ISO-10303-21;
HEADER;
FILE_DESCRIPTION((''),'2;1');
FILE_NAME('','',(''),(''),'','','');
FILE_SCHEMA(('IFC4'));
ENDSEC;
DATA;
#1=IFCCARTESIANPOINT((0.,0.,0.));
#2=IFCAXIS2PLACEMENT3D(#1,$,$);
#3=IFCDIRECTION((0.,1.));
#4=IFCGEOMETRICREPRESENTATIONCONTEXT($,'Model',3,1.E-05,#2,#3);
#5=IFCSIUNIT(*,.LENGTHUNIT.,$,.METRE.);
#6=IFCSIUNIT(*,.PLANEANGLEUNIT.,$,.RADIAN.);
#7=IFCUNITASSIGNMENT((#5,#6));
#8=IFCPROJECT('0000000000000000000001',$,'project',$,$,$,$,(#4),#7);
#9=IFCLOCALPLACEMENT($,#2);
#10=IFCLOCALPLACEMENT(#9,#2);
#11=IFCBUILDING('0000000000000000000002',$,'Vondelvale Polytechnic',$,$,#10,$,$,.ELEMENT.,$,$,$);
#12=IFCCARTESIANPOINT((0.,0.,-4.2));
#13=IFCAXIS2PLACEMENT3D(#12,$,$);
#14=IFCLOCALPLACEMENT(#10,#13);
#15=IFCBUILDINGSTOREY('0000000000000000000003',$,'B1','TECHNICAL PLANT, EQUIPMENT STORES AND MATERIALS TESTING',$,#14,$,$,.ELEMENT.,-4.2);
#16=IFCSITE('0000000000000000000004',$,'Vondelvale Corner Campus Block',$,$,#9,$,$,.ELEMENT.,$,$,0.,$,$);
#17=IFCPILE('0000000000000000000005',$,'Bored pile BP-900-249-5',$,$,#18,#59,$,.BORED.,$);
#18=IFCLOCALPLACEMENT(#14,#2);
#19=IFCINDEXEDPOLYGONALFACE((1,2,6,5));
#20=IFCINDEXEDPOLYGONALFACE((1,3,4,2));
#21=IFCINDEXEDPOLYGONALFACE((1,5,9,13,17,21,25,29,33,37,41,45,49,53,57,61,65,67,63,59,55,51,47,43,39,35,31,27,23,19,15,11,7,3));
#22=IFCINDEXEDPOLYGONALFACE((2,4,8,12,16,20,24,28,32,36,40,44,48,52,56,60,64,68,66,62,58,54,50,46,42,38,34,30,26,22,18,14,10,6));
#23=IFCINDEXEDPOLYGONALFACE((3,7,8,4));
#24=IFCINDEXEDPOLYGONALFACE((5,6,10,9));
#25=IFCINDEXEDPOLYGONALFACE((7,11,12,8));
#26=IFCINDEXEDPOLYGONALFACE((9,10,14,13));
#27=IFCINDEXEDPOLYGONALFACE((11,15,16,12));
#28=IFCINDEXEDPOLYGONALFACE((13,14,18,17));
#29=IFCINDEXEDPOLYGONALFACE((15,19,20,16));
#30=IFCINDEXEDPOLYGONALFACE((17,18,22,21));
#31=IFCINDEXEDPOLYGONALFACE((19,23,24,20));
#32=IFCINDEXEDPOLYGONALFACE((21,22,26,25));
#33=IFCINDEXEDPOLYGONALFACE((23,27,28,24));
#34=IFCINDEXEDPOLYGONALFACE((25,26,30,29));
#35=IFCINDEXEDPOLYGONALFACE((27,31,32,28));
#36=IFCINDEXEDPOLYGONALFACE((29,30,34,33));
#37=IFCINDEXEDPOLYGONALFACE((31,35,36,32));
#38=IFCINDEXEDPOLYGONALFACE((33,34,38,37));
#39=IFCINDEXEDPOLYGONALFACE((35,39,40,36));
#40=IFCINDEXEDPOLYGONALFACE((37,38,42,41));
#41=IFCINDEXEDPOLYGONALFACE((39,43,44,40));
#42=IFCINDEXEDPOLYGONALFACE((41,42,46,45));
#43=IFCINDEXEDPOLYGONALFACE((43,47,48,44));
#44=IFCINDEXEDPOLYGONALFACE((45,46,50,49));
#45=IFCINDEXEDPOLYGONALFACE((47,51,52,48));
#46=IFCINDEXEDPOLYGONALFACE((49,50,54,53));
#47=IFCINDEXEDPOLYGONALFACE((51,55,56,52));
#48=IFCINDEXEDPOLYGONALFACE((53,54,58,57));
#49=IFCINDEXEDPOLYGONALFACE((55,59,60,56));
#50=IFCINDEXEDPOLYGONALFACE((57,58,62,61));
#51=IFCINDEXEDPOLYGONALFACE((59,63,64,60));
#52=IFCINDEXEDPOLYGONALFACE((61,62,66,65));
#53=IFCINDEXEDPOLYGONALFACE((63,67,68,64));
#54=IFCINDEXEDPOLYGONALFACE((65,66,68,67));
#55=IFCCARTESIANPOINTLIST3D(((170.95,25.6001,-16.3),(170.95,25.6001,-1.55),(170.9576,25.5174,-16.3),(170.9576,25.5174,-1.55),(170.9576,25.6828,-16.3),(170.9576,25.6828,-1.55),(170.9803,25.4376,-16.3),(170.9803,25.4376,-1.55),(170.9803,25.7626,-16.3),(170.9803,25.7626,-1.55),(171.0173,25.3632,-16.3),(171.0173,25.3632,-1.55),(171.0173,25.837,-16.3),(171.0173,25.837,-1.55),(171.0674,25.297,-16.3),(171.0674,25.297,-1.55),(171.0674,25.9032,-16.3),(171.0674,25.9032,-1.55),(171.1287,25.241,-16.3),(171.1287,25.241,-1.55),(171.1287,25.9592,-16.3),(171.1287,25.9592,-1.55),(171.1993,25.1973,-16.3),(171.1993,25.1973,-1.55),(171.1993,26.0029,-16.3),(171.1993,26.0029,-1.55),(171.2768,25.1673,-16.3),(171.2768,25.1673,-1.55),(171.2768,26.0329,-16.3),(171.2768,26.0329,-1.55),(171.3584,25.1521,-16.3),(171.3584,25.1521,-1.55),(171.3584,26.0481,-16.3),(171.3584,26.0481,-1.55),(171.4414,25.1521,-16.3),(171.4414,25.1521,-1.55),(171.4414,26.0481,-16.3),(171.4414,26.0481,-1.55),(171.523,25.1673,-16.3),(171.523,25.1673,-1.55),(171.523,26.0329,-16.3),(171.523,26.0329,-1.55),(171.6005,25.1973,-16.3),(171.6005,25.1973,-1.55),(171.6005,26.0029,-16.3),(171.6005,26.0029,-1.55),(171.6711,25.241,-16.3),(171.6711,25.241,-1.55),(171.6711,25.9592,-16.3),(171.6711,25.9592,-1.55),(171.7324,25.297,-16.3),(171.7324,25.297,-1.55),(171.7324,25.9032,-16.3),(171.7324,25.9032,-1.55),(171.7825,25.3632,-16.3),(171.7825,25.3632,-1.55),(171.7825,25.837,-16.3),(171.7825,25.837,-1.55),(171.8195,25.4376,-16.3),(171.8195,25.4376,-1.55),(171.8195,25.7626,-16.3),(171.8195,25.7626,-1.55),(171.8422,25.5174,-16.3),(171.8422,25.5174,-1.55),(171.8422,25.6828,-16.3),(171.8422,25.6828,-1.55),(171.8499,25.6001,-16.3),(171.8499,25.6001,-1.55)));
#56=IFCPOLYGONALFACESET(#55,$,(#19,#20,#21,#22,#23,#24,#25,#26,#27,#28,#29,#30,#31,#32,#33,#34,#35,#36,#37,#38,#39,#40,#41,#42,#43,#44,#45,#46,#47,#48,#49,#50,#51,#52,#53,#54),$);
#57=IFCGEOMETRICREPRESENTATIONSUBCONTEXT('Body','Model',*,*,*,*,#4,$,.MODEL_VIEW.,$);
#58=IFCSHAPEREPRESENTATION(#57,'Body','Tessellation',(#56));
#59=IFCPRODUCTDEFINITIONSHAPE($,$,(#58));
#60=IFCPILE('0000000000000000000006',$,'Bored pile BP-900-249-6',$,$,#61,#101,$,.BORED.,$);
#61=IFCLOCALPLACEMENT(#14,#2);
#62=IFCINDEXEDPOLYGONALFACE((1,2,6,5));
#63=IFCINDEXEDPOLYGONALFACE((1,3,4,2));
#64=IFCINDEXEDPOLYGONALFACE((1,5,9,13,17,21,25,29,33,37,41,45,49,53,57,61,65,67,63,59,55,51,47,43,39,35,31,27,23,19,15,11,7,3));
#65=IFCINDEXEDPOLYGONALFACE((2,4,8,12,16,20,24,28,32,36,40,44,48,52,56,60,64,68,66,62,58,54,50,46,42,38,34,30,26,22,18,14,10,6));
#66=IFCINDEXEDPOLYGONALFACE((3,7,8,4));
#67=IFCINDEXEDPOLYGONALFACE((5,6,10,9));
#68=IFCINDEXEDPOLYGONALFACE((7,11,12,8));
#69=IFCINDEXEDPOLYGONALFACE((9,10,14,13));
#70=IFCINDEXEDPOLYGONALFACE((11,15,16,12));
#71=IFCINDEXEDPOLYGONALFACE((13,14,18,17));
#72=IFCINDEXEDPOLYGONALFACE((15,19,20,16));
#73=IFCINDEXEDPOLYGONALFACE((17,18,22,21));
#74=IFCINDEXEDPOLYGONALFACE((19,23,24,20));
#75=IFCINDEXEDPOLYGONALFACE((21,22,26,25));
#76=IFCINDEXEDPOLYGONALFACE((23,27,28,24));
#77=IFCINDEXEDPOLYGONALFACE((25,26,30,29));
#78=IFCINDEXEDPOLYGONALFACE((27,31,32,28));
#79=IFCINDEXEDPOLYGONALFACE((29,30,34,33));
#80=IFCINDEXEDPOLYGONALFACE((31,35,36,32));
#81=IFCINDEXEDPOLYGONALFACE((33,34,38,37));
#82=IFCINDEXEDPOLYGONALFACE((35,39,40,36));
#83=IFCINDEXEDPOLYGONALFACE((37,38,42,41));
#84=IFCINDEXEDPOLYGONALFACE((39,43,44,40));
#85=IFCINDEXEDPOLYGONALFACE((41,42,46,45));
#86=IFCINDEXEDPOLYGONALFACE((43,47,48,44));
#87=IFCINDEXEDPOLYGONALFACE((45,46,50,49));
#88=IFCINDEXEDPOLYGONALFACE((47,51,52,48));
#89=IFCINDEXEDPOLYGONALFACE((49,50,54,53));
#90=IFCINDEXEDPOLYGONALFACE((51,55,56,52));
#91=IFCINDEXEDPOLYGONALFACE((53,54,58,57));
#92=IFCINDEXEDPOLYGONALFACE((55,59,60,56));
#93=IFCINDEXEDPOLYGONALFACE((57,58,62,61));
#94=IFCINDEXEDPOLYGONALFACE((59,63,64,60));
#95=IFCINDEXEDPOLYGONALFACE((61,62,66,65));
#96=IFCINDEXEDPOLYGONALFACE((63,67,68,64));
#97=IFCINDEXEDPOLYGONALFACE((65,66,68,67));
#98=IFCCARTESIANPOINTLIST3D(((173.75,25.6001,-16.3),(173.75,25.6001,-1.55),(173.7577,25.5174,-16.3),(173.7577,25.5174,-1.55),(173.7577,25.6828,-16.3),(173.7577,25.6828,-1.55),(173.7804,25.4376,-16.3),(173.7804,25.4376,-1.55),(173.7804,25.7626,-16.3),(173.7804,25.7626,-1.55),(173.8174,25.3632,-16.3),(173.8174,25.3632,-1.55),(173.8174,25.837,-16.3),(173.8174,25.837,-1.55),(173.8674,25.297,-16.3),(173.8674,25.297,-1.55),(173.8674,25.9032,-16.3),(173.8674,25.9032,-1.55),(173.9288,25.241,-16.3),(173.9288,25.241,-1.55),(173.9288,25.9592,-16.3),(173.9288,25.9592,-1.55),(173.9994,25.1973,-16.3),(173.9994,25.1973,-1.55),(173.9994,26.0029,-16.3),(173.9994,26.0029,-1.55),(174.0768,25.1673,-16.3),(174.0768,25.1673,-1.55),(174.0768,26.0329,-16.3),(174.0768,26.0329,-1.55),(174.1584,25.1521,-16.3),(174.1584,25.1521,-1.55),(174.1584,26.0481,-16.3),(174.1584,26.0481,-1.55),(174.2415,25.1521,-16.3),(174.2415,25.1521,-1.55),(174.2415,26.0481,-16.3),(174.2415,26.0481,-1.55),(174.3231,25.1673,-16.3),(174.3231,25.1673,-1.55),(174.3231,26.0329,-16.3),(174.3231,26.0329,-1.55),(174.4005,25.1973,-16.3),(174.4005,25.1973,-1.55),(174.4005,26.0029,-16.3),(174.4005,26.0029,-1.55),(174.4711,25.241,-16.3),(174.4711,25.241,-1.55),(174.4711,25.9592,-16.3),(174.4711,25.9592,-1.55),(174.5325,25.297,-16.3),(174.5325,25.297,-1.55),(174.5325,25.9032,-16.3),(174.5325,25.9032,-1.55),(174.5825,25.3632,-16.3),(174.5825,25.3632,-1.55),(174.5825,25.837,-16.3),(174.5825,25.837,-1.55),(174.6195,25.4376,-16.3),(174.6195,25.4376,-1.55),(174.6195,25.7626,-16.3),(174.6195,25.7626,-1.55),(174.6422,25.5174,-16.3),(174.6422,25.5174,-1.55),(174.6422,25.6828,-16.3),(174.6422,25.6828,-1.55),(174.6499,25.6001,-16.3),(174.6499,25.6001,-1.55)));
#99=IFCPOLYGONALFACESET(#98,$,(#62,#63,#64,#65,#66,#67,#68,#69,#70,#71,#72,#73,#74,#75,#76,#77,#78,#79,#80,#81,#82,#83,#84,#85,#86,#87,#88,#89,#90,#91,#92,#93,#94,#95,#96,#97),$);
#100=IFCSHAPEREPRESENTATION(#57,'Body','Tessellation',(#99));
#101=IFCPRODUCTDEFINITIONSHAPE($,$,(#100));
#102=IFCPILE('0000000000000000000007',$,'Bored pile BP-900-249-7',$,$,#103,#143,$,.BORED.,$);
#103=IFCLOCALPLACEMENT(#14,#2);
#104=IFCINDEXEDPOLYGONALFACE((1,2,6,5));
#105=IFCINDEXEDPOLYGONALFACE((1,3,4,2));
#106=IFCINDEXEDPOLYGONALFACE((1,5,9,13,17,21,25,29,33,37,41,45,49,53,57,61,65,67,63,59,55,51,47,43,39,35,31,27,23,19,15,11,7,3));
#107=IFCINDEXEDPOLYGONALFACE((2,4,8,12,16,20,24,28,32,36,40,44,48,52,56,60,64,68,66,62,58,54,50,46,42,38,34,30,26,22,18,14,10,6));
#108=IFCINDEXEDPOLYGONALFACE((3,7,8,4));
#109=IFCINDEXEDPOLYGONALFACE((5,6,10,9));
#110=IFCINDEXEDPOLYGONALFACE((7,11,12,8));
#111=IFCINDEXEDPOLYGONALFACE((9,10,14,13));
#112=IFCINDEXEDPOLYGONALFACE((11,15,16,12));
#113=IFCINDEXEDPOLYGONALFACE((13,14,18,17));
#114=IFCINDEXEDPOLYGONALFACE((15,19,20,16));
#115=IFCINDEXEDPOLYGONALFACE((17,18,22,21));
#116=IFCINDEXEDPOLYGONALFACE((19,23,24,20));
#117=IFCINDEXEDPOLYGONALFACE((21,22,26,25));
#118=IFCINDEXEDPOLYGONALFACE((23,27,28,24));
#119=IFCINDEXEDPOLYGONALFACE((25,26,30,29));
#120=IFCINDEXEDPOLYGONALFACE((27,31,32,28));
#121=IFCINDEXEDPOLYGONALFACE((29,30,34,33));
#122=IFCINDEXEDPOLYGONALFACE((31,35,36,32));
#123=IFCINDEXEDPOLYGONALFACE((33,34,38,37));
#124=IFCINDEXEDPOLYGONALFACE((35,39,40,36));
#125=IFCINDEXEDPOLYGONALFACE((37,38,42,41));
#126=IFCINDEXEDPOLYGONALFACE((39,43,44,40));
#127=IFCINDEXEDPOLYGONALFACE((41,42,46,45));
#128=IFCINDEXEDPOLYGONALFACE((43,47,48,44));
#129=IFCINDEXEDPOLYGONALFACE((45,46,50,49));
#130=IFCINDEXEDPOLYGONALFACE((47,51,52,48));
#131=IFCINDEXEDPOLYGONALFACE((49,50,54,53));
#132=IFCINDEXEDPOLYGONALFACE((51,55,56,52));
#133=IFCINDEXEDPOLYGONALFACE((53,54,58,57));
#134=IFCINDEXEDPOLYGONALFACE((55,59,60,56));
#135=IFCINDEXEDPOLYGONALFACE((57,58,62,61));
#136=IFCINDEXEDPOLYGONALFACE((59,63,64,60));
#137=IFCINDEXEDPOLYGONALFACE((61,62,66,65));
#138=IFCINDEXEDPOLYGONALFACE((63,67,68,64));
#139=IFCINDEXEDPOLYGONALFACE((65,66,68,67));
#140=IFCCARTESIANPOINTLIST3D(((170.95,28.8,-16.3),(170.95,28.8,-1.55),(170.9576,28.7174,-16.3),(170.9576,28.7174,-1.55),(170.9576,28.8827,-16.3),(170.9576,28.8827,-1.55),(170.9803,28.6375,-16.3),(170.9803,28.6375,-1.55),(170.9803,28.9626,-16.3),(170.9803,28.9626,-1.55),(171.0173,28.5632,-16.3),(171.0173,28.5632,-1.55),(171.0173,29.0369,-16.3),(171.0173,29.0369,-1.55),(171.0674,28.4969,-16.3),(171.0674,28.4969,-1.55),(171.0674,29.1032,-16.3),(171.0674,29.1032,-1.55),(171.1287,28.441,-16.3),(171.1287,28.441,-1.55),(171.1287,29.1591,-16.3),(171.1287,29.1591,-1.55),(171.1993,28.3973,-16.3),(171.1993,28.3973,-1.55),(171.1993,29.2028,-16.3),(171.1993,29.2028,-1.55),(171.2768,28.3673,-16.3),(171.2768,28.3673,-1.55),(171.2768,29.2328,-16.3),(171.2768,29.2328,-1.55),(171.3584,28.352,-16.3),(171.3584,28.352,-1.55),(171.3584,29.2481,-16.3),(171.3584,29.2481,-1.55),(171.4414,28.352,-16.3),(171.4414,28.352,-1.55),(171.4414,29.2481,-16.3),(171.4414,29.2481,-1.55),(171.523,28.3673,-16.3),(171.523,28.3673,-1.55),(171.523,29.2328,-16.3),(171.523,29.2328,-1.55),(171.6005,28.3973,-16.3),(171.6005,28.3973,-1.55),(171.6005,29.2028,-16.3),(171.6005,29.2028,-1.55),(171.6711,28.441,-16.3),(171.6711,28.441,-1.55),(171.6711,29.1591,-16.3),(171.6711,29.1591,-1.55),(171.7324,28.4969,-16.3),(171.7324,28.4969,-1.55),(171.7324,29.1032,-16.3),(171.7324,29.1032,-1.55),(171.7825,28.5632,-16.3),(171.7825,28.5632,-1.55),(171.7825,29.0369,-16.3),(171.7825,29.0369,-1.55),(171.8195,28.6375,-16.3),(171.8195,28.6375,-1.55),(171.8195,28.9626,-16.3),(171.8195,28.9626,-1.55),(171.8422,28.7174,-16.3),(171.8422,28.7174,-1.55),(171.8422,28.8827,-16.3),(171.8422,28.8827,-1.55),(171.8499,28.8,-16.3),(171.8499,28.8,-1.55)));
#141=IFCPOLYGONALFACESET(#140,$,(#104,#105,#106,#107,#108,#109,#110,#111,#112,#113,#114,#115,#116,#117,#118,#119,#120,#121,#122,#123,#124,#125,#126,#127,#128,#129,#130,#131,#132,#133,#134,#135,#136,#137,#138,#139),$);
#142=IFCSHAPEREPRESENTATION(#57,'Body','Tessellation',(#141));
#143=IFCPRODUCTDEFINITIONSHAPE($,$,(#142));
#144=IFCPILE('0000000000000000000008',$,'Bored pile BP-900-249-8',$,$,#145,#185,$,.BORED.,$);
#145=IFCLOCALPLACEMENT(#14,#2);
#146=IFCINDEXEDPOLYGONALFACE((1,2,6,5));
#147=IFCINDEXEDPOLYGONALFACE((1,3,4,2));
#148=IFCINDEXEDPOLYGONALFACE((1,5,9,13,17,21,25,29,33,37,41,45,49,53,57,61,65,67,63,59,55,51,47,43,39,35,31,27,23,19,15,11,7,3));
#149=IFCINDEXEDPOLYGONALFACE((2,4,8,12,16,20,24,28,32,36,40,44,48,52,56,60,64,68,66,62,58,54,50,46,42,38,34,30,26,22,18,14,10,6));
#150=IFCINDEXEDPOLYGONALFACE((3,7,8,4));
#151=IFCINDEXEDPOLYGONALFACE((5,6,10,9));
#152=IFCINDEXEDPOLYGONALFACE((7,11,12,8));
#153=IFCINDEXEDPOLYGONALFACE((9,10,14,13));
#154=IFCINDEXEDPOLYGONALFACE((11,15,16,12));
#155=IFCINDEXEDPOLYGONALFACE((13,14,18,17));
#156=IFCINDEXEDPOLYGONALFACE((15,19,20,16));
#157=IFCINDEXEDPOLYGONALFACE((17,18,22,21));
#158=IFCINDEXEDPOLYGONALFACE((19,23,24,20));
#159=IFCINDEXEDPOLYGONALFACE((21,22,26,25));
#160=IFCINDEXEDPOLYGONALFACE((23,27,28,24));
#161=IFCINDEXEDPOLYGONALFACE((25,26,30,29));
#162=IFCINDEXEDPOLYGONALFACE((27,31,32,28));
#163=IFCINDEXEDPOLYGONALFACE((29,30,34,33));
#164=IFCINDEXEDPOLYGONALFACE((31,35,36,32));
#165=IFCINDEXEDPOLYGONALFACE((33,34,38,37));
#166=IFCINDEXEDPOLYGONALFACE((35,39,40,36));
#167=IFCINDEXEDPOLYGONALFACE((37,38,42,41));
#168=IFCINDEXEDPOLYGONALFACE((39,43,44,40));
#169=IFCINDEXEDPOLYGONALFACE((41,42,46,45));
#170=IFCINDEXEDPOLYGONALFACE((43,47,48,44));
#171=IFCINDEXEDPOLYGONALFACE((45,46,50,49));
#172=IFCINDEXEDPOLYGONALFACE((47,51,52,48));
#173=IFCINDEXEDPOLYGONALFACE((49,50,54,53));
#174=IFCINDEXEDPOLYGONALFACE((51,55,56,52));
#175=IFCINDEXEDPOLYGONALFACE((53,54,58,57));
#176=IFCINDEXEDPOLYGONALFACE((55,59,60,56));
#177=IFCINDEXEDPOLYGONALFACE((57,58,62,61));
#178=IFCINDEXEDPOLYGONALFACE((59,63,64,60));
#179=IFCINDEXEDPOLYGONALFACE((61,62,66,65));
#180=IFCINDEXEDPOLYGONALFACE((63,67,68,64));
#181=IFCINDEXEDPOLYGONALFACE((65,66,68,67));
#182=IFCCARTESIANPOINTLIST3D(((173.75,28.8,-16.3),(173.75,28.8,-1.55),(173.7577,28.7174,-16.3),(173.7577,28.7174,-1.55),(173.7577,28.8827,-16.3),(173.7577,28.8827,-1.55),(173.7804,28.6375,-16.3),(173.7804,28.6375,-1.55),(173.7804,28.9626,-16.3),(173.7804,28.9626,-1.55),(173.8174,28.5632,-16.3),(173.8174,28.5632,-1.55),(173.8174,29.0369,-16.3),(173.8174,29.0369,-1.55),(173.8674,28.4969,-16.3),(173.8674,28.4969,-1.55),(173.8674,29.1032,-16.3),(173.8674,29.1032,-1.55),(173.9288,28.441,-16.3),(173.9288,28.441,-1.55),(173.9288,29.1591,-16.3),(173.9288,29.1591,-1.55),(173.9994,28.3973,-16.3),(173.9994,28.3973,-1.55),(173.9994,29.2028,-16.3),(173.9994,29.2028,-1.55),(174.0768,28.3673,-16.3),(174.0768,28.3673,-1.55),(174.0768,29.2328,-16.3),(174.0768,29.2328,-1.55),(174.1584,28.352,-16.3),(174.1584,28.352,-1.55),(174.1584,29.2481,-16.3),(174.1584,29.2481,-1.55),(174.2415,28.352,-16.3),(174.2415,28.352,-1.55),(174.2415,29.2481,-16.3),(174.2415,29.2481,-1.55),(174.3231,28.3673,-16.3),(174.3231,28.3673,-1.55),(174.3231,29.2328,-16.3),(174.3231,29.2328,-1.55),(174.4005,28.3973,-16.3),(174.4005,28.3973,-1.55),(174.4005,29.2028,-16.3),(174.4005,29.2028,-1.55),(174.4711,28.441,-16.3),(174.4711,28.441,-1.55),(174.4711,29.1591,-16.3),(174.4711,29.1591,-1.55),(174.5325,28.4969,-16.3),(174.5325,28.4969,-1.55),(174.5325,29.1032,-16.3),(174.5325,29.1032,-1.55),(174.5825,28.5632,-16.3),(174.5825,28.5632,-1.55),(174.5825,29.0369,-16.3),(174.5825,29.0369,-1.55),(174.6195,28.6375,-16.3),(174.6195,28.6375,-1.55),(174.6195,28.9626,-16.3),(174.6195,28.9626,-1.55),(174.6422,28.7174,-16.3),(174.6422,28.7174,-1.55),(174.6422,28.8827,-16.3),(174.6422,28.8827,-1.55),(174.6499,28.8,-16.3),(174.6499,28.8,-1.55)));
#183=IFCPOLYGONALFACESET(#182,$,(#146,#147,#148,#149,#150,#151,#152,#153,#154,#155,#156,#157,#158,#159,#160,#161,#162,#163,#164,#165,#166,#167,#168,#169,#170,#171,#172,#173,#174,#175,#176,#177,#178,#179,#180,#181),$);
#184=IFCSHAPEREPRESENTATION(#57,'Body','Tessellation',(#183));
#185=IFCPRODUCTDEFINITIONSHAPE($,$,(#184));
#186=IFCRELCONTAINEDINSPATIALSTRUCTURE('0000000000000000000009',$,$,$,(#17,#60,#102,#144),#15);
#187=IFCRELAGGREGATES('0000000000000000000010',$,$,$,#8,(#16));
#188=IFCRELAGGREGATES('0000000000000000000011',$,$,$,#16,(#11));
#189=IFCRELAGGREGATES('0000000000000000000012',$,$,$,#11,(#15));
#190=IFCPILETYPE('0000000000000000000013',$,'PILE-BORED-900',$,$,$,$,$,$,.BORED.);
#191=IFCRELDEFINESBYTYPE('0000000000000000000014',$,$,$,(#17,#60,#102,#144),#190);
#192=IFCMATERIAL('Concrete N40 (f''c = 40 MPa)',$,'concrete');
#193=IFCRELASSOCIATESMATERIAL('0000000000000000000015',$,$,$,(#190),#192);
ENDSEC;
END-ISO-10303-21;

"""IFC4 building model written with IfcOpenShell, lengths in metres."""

from ifc_helpers import new_model, si_unit, direction, frame, origin, origin_2d, place, context, subcontext, project, spatial, circle, extrude, material, material_profile, profile_set, type_object, element, save


model = new_model("IFC4")

# Units and contexts
model_context = context("Model", 3, precision=1e-05, world=origin(), true_north=direction((0.0, 1.0)))
body_context = subcontext(model_context, "Body", "Model", "MODEL_VIEW")
ifc_project = project(units=[si_unit("LENGTHUNIT", "METRE"), si_unit("PLANEANGLEUNIT", "RADIAN")], contexts=[model_context])

# Site, building, storey
site_placement = place(None, origin())
site = spatial("IfcSite", under=ifc_project, at=site_placement, Name="Vondelvale Corner Campus Block", CompositionType="ELEMENT", RefElevation=0.0)
building_placement = place(site_placement, origin())
building = spatial("IfcBuilding", under=site, at=building_placement, Name="Vondelvale Polytechnic", CompositionType="ELEMENT")
storey_placement = place(building_placement, frame((0.0, 0.0, -4.2)))
storey = spatial("IfcBuildingStorey", under=building, at=storey_placement, Name="B1", Description="TECHNICAL PLANT, EQUIPMENT STORES AND MATERIALS TESTING", CompositionType="ELEMENT", Elevation=-4.2)

# Shared definitions
ifc_material_1 = material(Name="Concrete N40 (f'c = 40 MPa)", Category="concrete")

# Piles
ifc_material_profile_1 = material_profile(ifc_material_1, circle(Radius=0.45, at=origin_2d()), Name="PILE-D900")
ifc_profile_set_1 = profile_set([ifc_material_profile_1], Name="Concrete N40 (f'c = 40 MPa)")
pile_type = type_object("IfcPileType", Name="PILE-BORED-900", PredefinedType="BORED", material=ifc_profile_set_1)
for number, where, z_axis, x_axis, name in (
    (1, (171.3999, 25.6001, -1.55), (0.0, 0.0, -1.0), (1.0, 0.0, 0.0), "Bored pile BP-900-249-5"),
    (2, (174.2, 25.6001, -1.55), (0.0, 0.0, -1.0), (1.0, 0.0, 0.0), "Bored pile BP-900-249-6"),
    (3, (171.3999, 28.8, -1.55), (0.0, 0.0, -1.0), (1.0, 0.0, 0.0), "Bored pile BP-900-249-7"),
    (4, (174.2, 28.8, -1.55), (0.0, 0.0, -1.0), (1.0, 0.0, 0.0), "Bored pile BP-900-249-8"),
):
    element("IfcPile", number, at=place(storey_placement, frame(where, z_axis=z_axis, x_axis=x_axis)), inside=storey, type_object=pile_type, Name=name, PredefinedType="BORED", context=body_context, shape_type="SweptSolid", body=[
        extrude(circle(Radius=0.45, at=origin_2d()), origin(), (0.0, 0.0, 1.0), 14.75),
    ])

save(model, "model.ifc")
